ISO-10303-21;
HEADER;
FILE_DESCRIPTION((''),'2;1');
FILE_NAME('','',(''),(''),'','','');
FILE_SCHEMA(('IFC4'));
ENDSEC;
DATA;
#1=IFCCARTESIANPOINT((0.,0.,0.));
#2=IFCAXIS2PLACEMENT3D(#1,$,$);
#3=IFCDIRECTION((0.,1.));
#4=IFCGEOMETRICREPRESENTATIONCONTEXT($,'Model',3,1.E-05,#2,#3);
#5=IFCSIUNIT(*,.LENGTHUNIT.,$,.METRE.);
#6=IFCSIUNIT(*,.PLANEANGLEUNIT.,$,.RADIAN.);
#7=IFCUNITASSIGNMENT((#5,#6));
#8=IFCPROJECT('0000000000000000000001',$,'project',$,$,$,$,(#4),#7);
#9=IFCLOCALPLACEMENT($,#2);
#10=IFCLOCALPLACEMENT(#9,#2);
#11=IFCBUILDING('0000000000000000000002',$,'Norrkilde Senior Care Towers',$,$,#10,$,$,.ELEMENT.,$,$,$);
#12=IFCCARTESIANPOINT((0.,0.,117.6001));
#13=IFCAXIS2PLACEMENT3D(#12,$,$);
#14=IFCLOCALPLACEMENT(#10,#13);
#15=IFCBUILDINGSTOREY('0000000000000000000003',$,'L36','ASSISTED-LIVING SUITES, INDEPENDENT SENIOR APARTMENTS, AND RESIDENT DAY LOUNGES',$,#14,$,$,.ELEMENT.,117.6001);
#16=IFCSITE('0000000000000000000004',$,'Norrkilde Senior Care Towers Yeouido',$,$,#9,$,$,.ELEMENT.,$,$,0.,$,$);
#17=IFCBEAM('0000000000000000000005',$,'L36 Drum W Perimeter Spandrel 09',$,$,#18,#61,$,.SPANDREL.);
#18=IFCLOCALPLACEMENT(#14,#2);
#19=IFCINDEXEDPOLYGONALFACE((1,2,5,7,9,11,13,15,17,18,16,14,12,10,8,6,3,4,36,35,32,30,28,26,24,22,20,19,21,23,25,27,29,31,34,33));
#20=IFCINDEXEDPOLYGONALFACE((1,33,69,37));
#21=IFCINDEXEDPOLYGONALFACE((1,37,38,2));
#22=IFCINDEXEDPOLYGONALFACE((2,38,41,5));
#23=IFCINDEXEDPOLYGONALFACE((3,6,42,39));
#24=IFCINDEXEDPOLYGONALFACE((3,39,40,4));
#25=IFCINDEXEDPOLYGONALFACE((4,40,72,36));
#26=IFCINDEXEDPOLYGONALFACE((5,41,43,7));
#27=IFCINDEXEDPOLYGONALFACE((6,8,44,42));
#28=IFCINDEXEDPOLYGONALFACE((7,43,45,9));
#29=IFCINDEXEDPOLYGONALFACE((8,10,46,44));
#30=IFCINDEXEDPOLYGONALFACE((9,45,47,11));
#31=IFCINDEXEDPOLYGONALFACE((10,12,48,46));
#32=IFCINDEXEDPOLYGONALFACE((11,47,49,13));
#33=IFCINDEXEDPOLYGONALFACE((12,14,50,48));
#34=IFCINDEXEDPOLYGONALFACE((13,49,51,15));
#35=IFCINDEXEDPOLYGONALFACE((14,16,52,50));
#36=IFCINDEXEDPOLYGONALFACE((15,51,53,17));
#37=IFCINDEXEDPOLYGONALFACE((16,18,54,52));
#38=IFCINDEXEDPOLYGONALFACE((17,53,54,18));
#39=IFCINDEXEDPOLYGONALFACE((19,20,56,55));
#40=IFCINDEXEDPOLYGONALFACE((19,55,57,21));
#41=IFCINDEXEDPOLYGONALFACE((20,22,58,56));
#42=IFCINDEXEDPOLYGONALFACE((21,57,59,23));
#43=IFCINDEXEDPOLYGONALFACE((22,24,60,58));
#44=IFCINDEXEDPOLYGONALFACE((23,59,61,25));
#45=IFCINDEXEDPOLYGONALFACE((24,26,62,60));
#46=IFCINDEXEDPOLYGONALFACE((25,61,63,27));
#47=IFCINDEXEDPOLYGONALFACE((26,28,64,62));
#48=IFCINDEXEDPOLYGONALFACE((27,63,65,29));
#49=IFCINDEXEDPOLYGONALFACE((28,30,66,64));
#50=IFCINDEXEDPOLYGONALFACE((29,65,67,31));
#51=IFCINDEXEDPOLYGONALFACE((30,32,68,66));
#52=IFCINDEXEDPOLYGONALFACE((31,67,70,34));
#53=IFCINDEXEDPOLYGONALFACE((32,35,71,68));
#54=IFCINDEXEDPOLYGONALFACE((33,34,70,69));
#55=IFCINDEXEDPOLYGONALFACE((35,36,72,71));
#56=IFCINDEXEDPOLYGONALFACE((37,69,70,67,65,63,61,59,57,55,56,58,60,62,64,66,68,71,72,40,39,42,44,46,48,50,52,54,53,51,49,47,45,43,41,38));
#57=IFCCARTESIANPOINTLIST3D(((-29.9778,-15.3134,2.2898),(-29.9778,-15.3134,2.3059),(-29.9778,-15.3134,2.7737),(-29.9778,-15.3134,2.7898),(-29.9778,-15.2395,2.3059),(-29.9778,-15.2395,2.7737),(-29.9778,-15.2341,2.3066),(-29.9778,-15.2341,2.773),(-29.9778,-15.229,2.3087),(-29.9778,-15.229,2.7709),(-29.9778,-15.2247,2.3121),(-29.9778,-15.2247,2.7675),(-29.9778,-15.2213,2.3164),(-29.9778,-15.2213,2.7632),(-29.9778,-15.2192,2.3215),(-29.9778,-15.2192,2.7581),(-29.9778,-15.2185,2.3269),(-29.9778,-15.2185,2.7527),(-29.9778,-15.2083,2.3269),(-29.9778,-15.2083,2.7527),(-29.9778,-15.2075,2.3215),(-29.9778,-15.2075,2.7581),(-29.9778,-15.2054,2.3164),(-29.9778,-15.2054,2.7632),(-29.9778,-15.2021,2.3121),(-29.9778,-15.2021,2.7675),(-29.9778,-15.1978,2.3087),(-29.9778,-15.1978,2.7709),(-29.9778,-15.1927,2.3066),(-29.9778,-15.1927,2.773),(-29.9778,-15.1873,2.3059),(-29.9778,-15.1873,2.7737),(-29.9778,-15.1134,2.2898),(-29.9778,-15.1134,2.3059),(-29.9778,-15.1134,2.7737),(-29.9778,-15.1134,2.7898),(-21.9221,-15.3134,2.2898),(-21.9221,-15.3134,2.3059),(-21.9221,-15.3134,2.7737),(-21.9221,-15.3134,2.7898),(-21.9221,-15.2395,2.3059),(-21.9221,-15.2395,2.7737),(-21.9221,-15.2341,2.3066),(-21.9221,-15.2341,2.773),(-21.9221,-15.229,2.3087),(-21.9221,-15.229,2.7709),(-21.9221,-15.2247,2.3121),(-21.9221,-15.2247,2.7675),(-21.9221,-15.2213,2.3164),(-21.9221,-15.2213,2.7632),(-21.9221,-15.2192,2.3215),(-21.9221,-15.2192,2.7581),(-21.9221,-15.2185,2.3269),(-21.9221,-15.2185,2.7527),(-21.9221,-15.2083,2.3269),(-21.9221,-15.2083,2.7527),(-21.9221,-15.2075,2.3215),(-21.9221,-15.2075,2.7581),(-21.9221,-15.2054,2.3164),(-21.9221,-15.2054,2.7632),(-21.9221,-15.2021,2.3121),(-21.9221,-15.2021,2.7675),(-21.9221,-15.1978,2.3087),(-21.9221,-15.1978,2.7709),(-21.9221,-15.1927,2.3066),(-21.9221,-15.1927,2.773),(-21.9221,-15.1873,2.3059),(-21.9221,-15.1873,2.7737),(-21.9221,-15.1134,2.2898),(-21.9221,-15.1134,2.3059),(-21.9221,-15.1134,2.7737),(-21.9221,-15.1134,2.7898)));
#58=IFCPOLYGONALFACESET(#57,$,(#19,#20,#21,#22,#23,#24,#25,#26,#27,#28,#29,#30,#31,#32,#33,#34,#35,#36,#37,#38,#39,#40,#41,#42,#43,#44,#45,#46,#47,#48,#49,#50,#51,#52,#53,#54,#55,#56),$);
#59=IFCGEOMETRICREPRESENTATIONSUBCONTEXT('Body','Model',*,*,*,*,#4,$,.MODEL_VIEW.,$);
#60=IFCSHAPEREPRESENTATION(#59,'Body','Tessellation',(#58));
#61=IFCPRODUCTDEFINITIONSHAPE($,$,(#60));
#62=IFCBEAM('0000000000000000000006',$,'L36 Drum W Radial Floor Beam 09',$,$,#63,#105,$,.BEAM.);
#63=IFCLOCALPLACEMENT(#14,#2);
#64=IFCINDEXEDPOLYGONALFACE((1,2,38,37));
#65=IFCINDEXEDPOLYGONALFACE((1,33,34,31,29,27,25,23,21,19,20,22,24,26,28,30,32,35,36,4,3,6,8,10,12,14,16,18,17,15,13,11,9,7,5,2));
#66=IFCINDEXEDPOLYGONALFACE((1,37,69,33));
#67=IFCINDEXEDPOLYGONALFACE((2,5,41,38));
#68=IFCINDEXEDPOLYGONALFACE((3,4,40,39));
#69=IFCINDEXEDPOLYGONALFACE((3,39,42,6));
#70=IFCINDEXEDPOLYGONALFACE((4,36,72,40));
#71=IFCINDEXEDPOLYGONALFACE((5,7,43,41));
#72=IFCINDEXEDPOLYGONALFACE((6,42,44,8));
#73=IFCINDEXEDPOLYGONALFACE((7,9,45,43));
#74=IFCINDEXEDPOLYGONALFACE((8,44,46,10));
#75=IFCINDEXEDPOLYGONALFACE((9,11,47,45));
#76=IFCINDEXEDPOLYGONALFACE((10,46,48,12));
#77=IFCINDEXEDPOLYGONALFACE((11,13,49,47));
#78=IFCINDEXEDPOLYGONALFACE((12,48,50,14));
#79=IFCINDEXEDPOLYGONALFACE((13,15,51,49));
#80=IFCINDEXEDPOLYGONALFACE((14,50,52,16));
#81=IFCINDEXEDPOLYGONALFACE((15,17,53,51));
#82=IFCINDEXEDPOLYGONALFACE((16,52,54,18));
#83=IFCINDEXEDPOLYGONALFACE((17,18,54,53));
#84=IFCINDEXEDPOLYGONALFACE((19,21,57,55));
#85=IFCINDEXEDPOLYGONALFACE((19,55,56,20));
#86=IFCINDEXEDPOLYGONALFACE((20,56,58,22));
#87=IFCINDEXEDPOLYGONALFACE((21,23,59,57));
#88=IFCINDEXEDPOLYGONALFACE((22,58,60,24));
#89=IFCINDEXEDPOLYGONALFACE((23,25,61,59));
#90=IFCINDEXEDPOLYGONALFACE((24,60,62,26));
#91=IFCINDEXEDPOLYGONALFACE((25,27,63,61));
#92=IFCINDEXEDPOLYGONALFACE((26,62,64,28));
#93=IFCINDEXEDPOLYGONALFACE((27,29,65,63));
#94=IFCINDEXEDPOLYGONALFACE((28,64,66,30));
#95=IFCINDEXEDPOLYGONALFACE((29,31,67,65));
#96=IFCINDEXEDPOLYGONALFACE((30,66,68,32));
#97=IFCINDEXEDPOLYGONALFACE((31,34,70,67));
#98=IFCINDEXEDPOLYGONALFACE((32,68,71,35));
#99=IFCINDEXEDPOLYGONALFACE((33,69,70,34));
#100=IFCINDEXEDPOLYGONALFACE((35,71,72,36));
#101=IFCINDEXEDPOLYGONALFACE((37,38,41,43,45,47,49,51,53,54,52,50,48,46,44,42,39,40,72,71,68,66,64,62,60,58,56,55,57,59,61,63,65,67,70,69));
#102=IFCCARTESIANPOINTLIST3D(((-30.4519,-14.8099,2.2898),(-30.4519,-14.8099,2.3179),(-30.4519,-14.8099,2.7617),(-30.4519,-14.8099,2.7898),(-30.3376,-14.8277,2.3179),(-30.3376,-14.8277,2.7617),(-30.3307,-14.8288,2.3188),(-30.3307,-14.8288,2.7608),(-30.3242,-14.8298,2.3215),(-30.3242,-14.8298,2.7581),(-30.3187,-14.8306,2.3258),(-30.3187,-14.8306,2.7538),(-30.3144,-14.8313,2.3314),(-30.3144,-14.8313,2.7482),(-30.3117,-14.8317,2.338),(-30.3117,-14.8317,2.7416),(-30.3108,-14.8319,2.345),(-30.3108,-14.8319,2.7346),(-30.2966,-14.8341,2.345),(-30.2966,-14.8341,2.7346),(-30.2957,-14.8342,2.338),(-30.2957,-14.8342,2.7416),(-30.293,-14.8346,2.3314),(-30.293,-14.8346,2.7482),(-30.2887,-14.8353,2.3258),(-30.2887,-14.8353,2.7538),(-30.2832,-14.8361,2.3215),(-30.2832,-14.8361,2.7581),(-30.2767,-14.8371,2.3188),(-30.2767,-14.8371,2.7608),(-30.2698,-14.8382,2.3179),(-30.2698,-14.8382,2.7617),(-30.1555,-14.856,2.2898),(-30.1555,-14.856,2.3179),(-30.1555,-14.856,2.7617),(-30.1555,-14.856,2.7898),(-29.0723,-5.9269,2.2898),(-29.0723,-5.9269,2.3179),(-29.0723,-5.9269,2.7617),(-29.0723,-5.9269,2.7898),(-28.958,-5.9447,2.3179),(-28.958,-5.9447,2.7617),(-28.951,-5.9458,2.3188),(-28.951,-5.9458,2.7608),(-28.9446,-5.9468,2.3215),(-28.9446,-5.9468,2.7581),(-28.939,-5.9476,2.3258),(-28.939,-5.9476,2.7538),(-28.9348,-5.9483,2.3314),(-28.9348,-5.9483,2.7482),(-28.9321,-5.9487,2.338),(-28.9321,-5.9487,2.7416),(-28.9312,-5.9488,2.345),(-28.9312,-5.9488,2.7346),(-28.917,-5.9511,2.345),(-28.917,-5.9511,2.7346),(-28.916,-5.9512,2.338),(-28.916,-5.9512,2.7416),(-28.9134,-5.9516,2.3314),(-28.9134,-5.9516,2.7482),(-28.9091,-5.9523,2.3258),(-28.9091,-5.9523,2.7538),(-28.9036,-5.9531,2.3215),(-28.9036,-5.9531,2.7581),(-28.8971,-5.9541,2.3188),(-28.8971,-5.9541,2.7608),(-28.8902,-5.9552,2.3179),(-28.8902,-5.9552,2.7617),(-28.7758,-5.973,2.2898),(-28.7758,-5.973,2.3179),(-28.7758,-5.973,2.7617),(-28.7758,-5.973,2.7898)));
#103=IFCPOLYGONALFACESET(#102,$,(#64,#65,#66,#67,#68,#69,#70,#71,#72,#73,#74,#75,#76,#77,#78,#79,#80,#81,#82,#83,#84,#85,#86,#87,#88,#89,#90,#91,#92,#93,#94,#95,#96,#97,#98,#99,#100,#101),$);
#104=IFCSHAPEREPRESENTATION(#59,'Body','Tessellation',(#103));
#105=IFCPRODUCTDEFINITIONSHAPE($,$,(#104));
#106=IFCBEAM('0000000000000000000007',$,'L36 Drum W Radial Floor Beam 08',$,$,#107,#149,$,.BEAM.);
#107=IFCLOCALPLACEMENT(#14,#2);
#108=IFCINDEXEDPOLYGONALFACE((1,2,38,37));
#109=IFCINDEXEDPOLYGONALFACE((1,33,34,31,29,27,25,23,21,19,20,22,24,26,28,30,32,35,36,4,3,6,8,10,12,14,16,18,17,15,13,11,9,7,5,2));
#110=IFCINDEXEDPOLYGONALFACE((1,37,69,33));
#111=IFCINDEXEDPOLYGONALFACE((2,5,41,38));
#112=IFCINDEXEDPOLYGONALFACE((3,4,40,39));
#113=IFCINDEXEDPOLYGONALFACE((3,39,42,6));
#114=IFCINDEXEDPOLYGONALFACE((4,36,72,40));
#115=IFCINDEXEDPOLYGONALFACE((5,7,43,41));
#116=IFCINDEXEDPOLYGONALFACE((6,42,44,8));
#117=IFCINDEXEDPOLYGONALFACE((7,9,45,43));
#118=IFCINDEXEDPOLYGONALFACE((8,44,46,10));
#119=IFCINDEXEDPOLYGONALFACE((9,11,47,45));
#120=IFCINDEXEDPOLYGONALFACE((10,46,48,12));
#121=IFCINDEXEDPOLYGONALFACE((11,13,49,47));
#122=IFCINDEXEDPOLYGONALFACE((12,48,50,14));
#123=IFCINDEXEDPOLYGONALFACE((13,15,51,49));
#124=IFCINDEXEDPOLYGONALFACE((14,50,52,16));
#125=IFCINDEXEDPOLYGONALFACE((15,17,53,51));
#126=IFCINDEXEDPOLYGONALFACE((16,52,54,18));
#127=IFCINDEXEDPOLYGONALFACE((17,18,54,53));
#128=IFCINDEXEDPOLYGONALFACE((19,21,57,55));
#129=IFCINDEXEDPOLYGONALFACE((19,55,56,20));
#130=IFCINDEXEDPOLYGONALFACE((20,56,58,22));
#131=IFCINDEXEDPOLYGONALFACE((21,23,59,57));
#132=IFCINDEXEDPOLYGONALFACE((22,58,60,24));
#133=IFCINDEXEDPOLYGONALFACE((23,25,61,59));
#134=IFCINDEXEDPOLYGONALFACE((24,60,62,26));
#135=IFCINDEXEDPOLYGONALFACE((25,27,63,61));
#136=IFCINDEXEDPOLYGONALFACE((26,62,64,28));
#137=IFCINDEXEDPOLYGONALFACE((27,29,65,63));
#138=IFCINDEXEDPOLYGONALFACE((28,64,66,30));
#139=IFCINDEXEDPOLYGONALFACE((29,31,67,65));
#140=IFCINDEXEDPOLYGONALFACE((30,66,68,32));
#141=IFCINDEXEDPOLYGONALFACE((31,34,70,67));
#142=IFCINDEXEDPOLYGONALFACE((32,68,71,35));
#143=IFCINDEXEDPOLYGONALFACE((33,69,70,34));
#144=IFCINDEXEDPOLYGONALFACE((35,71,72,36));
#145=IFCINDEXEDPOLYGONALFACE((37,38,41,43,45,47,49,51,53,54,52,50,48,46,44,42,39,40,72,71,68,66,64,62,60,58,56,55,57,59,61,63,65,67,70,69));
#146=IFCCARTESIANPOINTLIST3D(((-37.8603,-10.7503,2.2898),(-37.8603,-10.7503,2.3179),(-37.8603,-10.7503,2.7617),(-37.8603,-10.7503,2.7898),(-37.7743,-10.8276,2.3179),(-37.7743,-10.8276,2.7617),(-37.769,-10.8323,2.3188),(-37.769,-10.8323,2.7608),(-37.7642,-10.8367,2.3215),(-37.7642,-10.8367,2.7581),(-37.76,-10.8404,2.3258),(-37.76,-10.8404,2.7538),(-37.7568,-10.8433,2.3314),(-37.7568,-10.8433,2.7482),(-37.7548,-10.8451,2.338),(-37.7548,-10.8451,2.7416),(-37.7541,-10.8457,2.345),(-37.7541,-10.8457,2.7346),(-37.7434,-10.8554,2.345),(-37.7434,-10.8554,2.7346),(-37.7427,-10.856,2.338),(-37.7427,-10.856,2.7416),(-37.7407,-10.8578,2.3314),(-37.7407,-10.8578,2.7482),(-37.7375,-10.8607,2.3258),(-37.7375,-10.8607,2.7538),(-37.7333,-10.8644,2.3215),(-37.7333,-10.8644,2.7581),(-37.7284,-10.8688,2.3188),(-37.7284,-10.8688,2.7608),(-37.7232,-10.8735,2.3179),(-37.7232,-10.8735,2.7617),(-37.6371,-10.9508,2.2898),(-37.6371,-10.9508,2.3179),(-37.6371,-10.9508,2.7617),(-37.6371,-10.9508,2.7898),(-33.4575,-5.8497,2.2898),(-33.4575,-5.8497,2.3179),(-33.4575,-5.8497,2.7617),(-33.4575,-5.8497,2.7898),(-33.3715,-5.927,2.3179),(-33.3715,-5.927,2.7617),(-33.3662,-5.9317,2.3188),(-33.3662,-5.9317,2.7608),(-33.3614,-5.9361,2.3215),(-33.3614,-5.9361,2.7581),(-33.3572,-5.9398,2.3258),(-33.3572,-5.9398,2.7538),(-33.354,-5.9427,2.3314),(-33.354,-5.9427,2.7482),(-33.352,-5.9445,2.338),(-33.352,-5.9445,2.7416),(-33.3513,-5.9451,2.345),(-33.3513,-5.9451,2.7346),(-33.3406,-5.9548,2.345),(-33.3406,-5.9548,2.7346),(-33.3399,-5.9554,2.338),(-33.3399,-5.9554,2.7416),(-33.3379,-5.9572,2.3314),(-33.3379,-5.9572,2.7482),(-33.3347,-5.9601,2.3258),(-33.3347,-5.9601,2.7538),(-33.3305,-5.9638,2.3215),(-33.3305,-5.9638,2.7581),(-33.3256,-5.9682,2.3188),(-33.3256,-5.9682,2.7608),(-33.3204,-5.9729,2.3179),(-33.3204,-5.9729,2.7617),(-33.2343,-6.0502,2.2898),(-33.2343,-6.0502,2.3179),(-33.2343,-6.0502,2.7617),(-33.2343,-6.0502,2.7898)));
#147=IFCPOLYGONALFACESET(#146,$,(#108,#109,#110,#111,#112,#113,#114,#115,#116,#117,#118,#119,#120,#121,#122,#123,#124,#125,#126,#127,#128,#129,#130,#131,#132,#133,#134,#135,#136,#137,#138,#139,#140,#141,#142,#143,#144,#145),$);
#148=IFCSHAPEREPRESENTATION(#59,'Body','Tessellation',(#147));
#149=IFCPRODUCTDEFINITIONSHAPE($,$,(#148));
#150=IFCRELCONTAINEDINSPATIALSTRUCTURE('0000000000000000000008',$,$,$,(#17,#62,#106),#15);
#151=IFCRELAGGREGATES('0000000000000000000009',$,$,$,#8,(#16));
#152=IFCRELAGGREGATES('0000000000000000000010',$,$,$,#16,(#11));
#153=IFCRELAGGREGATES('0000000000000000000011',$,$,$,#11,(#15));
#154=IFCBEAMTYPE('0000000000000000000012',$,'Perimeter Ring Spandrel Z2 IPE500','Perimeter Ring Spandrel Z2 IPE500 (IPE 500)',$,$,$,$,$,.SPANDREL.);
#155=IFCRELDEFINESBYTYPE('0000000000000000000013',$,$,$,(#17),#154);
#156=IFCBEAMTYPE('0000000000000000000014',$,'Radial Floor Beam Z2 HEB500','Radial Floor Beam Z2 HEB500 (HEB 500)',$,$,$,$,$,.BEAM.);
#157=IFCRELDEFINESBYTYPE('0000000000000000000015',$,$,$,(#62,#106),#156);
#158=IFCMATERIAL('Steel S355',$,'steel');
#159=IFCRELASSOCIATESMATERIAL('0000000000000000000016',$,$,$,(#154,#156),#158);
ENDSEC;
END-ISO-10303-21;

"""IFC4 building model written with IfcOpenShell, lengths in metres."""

from ifc_helpers import new_model, si_unit, direction, frame, origin, origin_2d, place, context, subcontext, project, spatial, i_section, extrude, source, transform, mapped, material, material_profile, profile_set, type_object, type_shapes, element, save


model = new_model("IFC4")

# Units and contexts
model_context = context("Model", 3, precision=1e-05, world=origin(), true_north=direction((0.0, 1.0)))
body_context = subcontext(model_context, "Body", "Model", "MODEL_VIEW")
ifc_project = project(units=[si_unit("LENGTHUNIT", "METRE"), si_unit("PLANEANGLEUNIT", "RADIAN")], contexts=[model_context])

# Site, building, storey
site_placement = place(None, origin())
site = spatial("IfcSite", under=ifc_project, at=site_placement, Name="Norrkilde Senior Care Towers Yeouido", CompositionType="ELEMENT", RefElevation=0.0)
building_placement = place(site_placement, origin())
building = spatial("IfcBuilding", under=site, at=building_placement, Name="Norrkilde Senior Care Towers", CompositionType="ELEMENT")
storey_placement = place(building_placement, frame((0.0, 0.0, 117.6001)))
storey = spatial("IfcBuildingStorey", under=building, at=storey_placement, Name="L36", Description="ASSISTED-LIVING SUITES, INDEPENDENT SENIOR APARTMENTS, AND RESIDENT DAY LOUNGES", CompositionType="ELEMENT", Elevation=117.6001)

# Beams
ifc_material_1 = material(Name="Steel S355", Category="steel")
ifc_material_profile_1 = material_profile(ifc_material_1, i_section(OverallWidth=0.2, OverallDepth=0.5, WebThickness=0.0103, FlangeThickness=0.0161, FilletRadius=0.021, at=origin_2d()), Name="IPE 500")
ifc_profile_set_1 = profile_set([ifc_material_profile_1], Name="Steel S355")
beam_type_1 = type_object("IfcBeamType", Name="Perimeter Ring Spandrel Z2 IPE500", Description="Perimeter Ring Spandrel Z2 IPE500 (IPE 500)", PredefinedType="SPANDREL", material=ifc_profile_set_1)
shared_shape_1 = source(origin(), body_context, "Body", "SweptSolid", [
    extrude(i_section(OverallWidth=0.2, OverallDepth=0.5, WebThickness=0.0103, FlangeThickness=0.0161, FilletRadius=0.021, at=origin_2d()), origin(), (0.0, 0.0, 1.0), 8.0557),
])
beam_1_placement = place(storey_placement, frame((-29.9778, -15.2134, 2.5398), z_axis=(1.0, 0.0, 0.0), x_axis=(0.0, 1.0, 0.0)))
element("IfcBeam", 1, at=beam_1_placement, inside=storey, type_object=beam_type_1, Name="L36 Drum W Perimeter Spandrel 09", PredefinedType="SPANDREL", context=body_context, shape_type="MappedRepresentation", body=[
    mapped(shared_shape_1, transform((0.0, 0.0, 0.0), x_axis=(1.0, 0.0, 0.0), y_axis=(0.0, 1.0, 0.0), z_axis=(0.0, 0.0, 1.0), scale=1.0)),
])
ifc_material_profile_2 = material_profile(ifc_material_1, i_section(OverallWidth=0.3, OverallDepth=0.5, WebThickness=0.0144, FlangeThickness=0.0281, FilletRadius=0.0271, at=origin_2d()), Name="HEB 500")
ifc_profile_set_2 = profile_set([ifc_material_profile_2], Name="Steel S355")
beam_type_2 = type_object("IfcBeamType", Name="Radial Floor Beam Z2 HEB500", Description="Radial Floor Beam Z2 HEB500 (HEB 500)", PredefinedType="BEAM", material=ifc_profile_set_2)
shared_shape_2 = source(origin(), body_context, "Body", "SweptSolid", [
    extrude(i_section(OverallWidth=0.3, OverallDepth=0.5, WebThickness=0.0144, FlangeThickness=0.0281, FilletRadius=0.0271, at=origin_2d()), origin(), (0.0, 0.0, 1.0), 8.9895),
])
beam_2_placement = place(storey_placement, frame((-28.9241, -5.95, 2.5398), z_axis=(-0.153471, -0.988153, 0.0), x_axis=(0.988153, -0.153471, 0.0)))
element("IfcBeam", 2, at=beam_2_placement, inside=storey, type_object=beam_type_2, Name="L36 Drum W Radial Floor Beam 09", PredefinedType="BEAM", context=body_context, shape_type="MappedRepresentation", body=[
    mapped(shared_shape_2, transform((0.0, 0.0, 0.0), x_axis=(1.0, 0.0, 0.0), y_axis=(0.0, 1.0, 0.0), z_axis=(0.0, 0.0, 1.0), scale=1.0)),
])
shared_shape_3 = source(origin(), body_context, "Body", "SweptSolid", [
    extrude(i_section(OverallWidth=0.3, OverallDepth=0.5, WebThickness=0.0144, FlangeThickness=0.0281, FilletRadius=0.0271, at=origin_2d()), origin(), (0.0, 0.0, 1.0), 6.5879),
])
type_shapes(beam_type_2, [shared_shape_2, shared_shape_3])
beam_3_placement = place(storey_placement, frame((-33.3459, -5.95, 2.5398), z_axis=(-0.668315, -0.743878, 0.0), x_axis=(0.743878, -0.668315, 0.0)))
element("IfcBeam", 3, at=beam_3_placement, inside=storey, type_object=beam_type_2, Name="L36 Drum W Radial Floor Beam 08", PredefinedType="BEAM", context=body_context, shape_type="MappedRepresentation", body=[
    mapped(shared_shape_3, transform((0.0, 0.0, 0.0), x_axis=(1.0, 0.0, 0.0), y_axis=(0.0, 1.0, 0.0), z_axis=(0.0, 0.0, 1.0), scale=1.0)),
])

save(model, "model.ifc")
